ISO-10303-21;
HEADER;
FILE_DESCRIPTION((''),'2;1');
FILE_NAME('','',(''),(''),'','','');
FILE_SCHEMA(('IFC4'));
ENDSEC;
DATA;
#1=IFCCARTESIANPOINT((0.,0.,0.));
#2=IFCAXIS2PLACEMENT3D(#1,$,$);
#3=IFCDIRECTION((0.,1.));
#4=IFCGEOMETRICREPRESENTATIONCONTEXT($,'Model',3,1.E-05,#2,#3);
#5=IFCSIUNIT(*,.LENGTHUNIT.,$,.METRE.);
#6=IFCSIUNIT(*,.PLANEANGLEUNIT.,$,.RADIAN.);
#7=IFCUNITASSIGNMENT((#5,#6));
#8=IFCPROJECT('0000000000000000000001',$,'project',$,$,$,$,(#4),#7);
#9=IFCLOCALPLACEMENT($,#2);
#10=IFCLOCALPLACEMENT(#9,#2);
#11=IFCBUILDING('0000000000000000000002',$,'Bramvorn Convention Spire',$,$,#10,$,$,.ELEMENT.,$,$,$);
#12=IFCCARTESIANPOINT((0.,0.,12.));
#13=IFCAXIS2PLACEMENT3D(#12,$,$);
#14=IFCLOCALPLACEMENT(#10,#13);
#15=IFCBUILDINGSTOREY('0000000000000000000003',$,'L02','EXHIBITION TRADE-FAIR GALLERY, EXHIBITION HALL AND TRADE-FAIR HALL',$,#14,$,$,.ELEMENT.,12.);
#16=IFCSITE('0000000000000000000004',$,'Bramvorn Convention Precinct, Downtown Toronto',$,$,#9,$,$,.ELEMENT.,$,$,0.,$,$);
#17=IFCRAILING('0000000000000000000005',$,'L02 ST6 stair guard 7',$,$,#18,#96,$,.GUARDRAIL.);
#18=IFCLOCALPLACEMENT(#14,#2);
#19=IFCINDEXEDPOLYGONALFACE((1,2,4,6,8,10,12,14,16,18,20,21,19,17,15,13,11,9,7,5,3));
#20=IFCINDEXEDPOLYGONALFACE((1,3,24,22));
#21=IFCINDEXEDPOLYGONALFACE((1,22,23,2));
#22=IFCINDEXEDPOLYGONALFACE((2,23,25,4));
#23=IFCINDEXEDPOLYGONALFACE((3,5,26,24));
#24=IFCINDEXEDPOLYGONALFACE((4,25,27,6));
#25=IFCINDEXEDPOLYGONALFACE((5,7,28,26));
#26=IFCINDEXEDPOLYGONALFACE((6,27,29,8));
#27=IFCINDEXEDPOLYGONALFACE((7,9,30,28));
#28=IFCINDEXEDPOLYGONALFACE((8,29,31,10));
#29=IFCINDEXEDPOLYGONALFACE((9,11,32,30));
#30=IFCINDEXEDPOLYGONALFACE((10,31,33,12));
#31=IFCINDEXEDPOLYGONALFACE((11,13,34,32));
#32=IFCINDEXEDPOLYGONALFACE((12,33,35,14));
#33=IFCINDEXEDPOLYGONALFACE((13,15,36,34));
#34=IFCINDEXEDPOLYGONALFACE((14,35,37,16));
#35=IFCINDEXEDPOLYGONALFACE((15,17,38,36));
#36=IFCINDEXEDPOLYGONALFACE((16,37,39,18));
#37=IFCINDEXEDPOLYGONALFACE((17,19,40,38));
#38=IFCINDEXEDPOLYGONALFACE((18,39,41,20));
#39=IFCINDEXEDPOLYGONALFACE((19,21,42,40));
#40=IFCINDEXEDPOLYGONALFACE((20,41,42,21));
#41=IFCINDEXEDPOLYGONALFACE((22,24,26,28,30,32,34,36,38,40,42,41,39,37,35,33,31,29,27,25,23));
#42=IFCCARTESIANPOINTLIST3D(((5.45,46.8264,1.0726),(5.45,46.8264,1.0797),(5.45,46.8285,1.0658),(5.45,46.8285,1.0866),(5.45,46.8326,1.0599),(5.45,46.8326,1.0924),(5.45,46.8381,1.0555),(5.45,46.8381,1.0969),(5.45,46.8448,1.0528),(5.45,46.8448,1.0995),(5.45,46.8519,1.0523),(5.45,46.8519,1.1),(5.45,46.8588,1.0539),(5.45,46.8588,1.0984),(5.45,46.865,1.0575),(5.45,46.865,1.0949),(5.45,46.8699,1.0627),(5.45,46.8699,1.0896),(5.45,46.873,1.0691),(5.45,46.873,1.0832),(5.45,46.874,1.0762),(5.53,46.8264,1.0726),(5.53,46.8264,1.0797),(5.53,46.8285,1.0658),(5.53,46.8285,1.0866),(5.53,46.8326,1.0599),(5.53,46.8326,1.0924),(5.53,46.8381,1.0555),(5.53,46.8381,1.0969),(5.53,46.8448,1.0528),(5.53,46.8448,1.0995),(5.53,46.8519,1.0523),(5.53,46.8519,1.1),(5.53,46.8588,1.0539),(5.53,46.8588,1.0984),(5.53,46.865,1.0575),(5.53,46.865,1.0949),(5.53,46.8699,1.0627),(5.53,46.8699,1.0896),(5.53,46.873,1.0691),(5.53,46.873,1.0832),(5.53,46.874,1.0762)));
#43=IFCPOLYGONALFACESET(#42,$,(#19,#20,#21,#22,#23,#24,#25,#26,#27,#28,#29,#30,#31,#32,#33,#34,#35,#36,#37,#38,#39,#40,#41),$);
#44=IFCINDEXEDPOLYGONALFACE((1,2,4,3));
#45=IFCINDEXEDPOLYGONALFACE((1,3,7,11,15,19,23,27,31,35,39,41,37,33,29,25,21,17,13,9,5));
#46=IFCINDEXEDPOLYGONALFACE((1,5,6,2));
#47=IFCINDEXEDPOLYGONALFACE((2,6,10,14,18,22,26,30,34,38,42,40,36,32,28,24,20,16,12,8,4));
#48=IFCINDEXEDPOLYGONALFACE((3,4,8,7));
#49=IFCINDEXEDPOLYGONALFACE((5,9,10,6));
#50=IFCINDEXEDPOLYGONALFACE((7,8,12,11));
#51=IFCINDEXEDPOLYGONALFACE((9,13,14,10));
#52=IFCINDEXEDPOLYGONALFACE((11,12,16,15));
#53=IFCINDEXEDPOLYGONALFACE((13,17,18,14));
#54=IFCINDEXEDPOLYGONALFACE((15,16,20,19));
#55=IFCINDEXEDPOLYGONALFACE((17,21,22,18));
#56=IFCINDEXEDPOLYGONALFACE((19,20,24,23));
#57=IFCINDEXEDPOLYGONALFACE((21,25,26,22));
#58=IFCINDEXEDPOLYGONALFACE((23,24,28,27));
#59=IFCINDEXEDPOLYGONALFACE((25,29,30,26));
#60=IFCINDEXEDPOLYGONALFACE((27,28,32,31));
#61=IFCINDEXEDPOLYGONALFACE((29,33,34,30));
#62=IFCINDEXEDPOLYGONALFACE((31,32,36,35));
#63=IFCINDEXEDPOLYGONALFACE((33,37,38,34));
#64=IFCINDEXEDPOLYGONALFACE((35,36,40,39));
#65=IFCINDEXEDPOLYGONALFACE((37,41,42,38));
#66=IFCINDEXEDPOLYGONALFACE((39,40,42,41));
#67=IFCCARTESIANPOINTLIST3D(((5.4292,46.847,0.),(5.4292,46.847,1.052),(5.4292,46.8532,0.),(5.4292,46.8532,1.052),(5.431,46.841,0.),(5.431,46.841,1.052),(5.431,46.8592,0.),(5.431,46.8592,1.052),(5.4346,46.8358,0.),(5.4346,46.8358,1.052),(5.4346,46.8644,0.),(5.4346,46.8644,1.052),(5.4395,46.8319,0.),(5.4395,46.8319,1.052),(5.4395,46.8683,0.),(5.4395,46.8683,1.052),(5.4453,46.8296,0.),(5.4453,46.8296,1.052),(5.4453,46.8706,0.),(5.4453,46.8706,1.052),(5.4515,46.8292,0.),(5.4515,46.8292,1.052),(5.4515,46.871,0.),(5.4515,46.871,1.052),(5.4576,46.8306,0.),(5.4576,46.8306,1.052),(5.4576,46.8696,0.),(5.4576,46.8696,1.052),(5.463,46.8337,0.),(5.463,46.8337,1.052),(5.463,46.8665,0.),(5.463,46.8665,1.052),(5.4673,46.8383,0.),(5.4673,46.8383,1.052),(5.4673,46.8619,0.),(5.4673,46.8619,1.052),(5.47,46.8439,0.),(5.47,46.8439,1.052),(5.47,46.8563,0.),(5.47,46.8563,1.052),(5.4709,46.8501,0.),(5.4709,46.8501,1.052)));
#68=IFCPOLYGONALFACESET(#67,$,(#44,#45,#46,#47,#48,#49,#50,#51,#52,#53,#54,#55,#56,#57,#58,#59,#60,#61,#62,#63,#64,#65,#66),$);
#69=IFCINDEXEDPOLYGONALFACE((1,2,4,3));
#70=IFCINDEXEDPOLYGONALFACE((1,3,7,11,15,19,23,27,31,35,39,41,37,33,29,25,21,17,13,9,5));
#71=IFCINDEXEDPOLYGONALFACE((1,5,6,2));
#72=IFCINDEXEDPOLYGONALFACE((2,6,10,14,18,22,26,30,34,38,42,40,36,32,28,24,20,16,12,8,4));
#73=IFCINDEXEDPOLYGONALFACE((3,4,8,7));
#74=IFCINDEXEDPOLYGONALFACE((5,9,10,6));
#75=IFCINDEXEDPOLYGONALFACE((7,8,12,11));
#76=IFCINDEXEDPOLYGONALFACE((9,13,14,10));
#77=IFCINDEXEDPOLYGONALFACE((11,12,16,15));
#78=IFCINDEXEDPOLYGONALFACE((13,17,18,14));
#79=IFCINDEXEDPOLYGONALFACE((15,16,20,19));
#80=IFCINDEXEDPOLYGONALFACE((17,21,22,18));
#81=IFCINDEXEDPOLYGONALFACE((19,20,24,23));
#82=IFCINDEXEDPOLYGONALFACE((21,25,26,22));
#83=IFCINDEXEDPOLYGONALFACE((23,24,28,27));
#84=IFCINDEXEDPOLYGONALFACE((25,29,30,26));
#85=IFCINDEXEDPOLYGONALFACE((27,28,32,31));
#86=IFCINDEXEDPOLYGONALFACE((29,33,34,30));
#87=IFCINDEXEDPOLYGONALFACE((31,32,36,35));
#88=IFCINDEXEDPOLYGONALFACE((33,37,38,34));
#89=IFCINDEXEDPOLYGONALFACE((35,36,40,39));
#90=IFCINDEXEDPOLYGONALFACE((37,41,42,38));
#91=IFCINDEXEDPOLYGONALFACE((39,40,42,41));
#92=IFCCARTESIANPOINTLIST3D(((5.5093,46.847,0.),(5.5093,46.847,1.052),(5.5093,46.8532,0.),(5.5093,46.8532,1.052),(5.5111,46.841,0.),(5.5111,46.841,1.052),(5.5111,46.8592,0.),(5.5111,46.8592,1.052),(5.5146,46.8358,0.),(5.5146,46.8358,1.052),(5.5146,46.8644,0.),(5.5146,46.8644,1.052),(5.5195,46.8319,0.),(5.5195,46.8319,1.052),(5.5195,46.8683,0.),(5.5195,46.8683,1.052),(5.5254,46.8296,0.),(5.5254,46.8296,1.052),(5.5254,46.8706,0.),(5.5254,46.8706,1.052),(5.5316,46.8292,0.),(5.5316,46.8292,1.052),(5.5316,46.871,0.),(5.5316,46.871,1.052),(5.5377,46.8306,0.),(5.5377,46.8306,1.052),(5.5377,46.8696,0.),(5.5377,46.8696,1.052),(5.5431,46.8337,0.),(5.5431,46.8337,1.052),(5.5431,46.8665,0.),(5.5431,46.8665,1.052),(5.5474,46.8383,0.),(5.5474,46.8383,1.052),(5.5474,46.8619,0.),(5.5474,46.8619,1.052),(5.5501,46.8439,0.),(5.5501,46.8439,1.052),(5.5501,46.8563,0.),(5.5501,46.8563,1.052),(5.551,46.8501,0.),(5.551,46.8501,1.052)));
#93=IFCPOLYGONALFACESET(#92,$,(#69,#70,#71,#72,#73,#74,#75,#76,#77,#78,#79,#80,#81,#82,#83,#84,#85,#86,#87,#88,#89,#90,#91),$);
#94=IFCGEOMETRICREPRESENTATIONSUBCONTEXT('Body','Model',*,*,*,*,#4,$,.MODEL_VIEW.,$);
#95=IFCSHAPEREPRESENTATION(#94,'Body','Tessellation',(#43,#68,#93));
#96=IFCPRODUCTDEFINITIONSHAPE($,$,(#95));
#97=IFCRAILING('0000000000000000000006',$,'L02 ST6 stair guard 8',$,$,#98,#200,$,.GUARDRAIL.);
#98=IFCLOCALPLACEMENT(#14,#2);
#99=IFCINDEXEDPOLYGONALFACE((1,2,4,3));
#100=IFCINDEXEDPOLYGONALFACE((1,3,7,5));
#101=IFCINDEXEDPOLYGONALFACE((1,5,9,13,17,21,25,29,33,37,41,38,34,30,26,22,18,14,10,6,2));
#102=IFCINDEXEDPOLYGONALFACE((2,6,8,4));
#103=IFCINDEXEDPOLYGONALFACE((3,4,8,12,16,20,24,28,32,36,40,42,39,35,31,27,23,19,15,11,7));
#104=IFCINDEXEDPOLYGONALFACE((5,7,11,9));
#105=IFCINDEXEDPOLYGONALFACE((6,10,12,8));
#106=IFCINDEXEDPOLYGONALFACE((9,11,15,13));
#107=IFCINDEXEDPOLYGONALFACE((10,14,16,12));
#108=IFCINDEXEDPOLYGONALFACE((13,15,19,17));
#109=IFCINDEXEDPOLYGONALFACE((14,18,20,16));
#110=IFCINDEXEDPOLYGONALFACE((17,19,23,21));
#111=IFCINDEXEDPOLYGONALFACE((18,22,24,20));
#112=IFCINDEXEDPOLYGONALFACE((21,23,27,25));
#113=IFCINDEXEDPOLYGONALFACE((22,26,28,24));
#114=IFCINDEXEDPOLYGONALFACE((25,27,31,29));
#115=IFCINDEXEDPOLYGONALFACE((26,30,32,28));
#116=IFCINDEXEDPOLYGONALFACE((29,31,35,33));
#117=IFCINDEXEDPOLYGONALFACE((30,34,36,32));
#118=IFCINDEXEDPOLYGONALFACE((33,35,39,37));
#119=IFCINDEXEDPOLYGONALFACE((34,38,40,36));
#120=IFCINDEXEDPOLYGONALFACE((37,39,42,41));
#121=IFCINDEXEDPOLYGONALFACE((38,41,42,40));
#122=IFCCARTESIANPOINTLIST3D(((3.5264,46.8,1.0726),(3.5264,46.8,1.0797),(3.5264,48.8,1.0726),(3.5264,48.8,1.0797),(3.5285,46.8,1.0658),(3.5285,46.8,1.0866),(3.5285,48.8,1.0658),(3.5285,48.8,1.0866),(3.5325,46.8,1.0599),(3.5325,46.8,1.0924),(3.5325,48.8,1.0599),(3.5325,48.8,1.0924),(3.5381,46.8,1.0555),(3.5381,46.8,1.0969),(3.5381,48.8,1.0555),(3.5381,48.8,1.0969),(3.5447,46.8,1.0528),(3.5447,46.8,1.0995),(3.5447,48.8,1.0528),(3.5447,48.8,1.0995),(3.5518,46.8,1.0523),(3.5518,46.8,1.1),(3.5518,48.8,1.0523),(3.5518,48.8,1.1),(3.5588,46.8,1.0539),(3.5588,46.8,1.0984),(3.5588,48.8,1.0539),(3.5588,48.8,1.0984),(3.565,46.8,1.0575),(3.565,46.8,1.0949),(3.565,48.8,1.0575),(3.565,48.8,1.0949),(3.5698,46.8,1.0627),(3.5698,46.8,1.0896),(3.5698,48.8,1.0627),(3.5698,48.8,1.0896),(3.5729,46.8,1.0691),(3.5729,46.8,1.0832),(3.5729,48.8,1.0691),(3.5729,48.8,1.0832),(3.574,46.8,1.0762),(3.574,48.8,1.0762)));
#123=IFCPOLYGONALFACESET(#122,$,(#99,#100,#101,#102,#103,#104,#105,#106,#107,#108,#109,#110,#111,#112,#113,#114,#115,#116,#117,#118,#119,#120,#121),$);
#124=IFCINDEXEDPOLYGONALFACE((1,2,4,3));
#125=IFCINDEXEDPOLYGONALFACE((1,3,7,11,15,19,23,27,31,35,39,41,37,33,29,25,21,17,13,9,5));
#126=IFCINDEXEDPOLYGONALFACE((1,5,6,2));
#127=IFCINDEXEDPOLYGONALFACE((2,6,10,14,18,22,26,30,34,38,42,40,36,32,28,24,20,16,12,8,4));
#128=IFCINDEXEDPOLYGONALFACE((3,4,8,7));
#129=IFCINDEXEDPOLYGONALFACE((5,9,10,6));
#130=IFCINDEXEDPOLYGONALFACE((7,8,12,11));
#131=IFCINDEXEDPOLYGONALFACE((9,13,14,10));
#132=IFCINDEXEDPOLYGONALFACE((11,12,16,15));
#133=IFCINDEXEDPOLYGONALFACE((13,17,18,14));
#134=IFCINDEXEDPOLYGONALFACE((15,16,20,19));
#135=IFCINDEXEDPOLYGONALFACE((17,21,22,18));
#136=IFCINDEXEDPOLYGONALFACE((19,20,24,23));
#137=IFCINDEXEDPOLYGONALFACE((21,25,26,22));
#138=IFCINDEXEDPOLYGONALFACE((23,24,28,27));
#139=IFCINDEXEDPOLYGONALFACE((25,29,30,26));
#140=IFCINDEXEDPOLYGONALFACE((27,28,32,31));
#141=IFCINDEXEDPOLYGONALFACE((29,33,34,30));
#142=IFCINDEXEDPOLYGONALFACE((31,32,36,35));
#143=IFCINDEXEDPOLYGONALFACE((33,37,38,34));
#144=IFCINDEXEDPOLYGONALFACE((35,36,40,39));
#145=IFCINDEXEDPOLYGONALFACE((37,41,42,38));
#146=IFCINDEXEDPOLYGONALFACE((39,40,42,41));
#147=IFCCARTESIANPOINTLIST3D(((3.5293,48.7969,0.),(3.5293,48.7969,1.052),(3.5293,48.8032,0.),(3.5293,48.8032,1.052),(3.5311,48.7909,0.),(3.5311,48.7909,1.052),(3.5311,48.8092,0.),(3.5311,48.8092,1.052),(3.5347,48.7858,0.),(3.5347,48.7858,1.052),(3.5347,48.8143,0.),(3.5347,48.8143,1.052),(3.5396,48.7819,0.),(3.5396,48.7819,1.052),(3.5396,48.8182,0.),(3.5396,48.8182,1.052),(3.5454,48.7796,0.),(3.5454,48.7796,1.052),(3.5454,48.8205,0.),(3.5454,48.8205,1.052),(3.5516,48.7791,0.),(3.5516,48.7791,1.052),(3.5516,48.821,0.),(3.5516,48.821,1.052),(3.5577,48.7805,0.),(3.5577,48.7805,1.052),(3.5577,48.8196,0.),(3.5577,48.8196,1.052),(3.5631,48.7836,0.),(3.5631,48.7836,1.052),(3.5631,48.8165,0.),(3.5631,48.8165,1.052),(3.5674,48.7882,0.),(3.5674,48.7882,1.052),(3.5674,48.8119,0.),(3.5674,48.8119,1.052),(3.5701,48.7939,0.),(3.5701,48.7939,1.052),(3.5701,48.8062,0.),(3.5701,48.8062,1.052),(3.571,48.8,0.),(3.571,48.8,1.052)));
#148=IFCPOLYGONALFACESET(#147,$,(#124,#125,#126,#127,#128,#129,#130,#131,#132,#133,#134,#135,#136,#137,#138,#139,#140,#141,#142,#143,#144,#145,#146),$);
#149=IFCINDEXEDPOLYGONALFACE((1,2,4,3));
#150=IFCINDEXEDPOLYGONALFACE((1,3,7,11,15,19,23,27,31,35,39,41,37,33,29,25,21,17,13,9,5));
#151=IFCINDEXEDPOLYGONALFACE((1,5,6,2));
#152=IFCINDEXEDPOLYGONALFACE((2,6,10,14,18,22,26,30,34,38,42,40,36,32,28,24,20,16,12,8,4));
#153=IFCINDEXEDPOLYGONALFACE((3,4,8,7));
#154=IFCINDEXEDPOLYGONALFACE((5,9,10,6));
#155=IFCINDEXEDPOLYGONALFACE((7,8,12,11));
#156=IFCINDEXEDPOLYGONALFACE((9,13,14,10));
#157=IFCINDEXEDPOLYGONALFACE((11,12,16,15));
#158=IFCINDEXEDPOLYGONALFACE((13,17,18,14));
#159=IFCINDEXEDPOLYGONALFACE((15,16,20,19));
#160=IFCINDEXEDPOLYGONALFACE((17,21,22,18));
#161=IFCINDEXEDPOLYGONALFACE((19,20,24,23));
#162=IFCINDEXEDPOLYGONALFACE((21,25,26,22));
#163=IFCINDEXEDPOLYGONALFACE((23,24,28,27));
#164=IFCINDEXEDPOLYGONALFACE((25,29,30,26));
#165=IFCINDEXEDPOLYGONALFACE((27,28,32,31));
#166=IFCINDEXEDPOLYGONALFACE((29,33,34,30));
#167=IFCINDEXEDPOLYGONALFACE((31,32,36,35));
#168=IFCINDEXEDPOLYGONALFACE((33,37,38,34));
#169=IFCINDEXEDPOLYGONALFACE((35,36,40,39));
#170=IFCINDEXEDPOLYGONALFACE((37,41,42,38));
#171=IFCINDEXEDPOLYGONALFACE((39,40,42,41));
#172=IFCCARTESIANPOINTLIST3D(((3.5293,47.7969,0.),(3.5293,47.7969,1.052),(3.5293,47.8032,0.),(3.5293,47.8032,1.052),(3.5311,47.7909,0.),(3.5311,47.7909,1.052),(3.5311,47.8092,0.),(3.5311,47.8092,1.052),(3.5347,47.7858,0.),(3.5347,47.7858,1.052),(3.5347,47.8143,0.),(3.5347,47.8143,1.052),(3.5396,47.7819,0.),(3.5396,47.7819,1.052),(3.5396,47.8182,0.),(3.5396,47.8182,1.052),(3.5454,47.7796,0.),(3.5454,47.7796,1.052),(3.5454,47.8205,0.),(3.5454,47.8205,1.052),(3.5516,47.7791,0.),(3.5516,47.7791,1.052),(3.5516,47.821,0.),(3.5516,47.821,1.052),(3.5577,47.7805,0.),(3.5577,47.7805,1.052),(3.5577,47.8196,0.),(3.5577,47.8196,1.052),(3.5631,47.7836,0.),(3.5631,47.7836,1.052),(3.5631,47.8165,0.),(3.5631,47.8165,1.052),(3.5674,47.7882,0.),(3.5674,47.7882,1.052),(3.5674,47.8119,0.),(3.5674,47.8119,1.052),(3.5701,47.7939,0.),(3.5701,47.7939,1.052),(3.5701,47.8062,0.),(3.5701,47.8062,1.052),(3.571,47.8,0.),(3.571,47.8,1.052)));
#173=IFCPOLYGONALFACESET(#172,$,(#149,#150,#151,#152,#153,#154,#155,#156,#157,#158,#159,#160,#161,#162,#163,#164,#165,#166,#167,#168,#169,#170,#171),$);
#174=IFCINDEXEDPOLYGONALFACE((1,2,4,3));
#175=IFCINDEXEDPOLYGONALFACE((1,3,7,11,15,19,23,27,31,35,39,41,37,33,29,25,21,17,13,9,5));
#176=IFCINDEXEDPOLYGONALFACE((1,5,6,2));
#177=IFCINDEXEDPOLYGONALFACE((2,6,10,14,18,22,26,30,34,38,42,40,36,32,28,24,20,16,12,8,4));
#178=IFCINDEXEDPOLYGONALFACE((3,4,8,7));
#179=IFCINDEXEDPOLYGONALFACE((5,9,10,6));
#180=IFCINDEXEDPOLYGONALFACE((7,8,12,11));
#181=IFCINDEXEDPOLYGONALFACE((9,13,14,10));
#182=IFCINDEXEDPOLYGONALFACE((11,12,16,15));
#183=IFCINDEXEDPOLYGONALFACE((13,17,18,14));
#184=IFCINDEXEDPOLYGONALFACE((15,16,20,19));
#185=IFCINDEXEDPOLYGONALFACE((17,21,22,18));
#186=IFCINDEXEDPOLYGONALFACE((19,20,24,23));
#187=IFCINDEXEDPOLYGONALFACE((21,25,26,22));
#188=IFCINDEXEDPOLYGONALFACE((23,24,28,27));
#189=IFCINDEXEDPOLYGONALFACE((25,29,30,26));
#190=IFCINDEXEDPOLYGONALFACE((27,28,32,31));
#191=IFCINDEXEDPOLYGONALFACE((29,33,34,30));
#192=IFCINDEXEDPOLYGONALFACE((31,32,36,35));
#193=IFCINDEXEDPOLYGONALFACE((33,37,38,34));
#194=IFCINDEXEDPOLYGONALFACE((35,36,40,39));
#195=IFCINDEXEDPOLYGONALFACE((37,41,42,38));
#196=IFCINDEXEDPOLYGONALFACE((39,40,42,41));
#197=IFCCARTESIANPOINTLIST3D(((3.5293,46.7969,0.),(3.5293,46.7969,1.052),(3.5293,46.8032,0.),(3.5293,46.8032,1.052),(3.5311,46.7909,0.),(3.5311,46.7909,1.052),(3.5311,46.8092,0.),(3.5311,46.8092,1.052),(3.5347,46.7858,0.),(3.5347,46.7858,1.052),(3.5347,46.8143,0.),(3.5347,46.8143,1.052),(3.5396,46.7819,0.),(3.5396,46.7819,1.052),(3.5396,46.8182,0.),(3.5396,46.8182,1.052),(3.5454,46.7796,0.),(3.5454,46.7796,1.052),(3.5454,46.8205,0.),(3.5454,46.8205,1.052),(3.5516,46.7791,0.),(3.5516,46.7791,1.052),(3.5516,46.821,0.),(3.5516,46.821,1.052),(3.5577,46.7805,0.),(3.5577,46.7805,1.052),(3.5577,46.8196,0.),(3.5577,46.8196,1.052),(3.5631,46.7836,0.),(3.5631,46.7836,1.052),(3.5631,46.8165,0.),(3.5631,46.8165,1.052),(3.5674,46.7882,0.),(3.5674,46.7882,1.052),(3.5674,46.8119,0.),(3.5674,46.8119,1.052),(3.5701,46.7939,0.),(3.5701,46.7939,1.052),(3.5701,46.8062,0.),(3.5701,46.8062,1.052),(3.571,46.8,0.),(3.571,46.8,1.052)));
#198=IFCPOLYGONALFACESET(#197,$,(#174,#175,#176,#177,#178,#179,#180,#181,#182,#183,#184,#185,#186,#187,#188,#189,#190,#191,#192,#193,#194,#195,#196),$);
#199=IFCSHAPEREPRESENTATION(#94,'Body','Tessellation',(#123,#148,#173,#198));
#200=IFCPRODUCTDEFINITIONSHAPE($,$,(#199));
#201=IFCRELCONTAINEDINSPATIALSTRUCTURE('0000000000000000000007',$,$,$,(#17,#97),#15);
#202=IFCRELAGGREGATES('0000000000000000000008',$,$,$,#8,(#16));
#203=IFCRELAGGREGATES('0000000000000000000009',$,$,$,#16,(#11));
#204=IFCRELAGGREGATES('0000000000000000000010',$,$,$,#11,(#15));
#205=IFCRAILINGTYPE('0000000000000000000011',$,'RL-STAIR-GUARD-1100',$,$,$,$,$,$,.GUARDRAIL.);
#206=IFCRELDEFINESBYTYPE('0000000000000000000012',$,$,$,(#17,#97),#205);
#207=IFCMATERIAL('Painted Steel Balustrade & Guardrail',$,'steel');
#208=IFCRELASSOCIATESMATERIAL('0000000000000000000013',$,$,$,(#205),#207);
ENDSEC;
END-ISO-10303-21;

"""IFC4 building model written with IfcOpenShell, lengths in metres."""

from ifc_helpers import new_model, si_unit, direction, frame, origin, origin_2d, place, context, subcontext, project, spatial, circle, extrude, material, type_object, element, save


model = new_model("IFC4")

# Units and contexts
model_context = context("Model", 3, precision=1e-05, world=origin(), true_north=direction((0.0, 1.0)))
body_context = subcontext(model_context, "Body", "Model", "MODEL_VIEW")
ifc_project = project(units=[si_unit("LENGTHUNIT", "METRE"), si_unit("PLANEANGLEUNIT", "RADIAN")], contexts=[model_context])

# Site, building, storey
site_placement = place(None, origin())
site = spatial("IfcSite", under=ifc_project, at=site_placement, Name="Bramvorn Convention Precinct, Downtown Toronto", CompositionType="ELEMENT", RefElevation=0.0)
building_placement = place(site_placement, origin())
building = spatial("IfcBuilding", under=site, at=building_placement, Name="Bramvorn Convention Spire", CompositionType="ELEMENT")
storey_placement = place(building_placement, frame((0.0, 0.0, 12.0)))
storey = spatial("IfcBuildingStorey", under=building, at=storey_placement, Name="L02", Description="EXHIBITION TRADE-FAIR GALLERY, EXHIBITION HALL AND TRADE-FAIR HALL", CompositionType="ELEMENT", Elevation=12.0)

# Railings
ifc_material_1 = material(Name="Painted Steel Balustrade & Guardrail", Category="steel")
railing_type_1 = type_object("IfcRailingType", Name="RL-STAIR-GUARD-1100", PredefinedType="GUARDRAIL", material=ifc_material_1)
railing_1_placement = place(storey_placement, frame((5.45, 46.8501, 0.0)))
element("IfcRailing", 1, at=railing_1_placement, inside=storey, type_object=railing_type_1, Name="L02 ST6 stair guard 7", PredefinedType="GUARDRAIL", context=body_context, shape_type="SweptSolid", body=[
    extrude(circle(Radius=0.0239, at=origin_2d()), frame((0.0, 0.0, 1.0762), z_axis=(1.0, 0.0, 0.0), x_axis=(0.0, 1.0, 0.0)), (0.0, 0.0, 1.0), 0.0801),
    extrude(circle(Radius=0.021, at=origin_2d()), origin(), (0.0, 0.0, 1.0), 1.052),
    extrude(circle(Radius=0.021, at=origin_2d()), frame((0.0801, 0.0, 0.0)), (0.0, 0.0, 1.0), 1.052),
])
for number, where, name in (
    (2, (3.55, 48.8, 0.0), "L02 ST6 stair guard 8"),
):
    element("IfcRailing", number, at=place(storey_placement, frame(where)), inside=storey, type_object=railing_type_1, Name=name, PredefinedType="GUARDRAIL", context=body_context, shape_type="SweptSolid", body=[
        extrude(circle(Radius=0.0239, at=origin_2d()), frame((0.0, 0.0, 1.0762), z_axis=(0.0, -1.0, 0.0), x_axis=(1.0, 0.0, 0.0)), (0.0, 0.0, 1.0), 2.0),
        extrude(circle(Radius=0.021, at=origin_2d()), origin(), (0.0, 0.0, 1.0), 1.052),
        extrude(circle(Radius=0.021, at=origin_2d()), frame((0.0, -1.0, 0.0)), (0.0, 0.0, 1.0), 1.052),
        extrude(circle(Radius=0.021, at=origin_2d()), frame((0.0, -2.0, 0.0)), (0.0, 0.0, 1.0), 1.052),
    ])

save(model, "model.ifc")
